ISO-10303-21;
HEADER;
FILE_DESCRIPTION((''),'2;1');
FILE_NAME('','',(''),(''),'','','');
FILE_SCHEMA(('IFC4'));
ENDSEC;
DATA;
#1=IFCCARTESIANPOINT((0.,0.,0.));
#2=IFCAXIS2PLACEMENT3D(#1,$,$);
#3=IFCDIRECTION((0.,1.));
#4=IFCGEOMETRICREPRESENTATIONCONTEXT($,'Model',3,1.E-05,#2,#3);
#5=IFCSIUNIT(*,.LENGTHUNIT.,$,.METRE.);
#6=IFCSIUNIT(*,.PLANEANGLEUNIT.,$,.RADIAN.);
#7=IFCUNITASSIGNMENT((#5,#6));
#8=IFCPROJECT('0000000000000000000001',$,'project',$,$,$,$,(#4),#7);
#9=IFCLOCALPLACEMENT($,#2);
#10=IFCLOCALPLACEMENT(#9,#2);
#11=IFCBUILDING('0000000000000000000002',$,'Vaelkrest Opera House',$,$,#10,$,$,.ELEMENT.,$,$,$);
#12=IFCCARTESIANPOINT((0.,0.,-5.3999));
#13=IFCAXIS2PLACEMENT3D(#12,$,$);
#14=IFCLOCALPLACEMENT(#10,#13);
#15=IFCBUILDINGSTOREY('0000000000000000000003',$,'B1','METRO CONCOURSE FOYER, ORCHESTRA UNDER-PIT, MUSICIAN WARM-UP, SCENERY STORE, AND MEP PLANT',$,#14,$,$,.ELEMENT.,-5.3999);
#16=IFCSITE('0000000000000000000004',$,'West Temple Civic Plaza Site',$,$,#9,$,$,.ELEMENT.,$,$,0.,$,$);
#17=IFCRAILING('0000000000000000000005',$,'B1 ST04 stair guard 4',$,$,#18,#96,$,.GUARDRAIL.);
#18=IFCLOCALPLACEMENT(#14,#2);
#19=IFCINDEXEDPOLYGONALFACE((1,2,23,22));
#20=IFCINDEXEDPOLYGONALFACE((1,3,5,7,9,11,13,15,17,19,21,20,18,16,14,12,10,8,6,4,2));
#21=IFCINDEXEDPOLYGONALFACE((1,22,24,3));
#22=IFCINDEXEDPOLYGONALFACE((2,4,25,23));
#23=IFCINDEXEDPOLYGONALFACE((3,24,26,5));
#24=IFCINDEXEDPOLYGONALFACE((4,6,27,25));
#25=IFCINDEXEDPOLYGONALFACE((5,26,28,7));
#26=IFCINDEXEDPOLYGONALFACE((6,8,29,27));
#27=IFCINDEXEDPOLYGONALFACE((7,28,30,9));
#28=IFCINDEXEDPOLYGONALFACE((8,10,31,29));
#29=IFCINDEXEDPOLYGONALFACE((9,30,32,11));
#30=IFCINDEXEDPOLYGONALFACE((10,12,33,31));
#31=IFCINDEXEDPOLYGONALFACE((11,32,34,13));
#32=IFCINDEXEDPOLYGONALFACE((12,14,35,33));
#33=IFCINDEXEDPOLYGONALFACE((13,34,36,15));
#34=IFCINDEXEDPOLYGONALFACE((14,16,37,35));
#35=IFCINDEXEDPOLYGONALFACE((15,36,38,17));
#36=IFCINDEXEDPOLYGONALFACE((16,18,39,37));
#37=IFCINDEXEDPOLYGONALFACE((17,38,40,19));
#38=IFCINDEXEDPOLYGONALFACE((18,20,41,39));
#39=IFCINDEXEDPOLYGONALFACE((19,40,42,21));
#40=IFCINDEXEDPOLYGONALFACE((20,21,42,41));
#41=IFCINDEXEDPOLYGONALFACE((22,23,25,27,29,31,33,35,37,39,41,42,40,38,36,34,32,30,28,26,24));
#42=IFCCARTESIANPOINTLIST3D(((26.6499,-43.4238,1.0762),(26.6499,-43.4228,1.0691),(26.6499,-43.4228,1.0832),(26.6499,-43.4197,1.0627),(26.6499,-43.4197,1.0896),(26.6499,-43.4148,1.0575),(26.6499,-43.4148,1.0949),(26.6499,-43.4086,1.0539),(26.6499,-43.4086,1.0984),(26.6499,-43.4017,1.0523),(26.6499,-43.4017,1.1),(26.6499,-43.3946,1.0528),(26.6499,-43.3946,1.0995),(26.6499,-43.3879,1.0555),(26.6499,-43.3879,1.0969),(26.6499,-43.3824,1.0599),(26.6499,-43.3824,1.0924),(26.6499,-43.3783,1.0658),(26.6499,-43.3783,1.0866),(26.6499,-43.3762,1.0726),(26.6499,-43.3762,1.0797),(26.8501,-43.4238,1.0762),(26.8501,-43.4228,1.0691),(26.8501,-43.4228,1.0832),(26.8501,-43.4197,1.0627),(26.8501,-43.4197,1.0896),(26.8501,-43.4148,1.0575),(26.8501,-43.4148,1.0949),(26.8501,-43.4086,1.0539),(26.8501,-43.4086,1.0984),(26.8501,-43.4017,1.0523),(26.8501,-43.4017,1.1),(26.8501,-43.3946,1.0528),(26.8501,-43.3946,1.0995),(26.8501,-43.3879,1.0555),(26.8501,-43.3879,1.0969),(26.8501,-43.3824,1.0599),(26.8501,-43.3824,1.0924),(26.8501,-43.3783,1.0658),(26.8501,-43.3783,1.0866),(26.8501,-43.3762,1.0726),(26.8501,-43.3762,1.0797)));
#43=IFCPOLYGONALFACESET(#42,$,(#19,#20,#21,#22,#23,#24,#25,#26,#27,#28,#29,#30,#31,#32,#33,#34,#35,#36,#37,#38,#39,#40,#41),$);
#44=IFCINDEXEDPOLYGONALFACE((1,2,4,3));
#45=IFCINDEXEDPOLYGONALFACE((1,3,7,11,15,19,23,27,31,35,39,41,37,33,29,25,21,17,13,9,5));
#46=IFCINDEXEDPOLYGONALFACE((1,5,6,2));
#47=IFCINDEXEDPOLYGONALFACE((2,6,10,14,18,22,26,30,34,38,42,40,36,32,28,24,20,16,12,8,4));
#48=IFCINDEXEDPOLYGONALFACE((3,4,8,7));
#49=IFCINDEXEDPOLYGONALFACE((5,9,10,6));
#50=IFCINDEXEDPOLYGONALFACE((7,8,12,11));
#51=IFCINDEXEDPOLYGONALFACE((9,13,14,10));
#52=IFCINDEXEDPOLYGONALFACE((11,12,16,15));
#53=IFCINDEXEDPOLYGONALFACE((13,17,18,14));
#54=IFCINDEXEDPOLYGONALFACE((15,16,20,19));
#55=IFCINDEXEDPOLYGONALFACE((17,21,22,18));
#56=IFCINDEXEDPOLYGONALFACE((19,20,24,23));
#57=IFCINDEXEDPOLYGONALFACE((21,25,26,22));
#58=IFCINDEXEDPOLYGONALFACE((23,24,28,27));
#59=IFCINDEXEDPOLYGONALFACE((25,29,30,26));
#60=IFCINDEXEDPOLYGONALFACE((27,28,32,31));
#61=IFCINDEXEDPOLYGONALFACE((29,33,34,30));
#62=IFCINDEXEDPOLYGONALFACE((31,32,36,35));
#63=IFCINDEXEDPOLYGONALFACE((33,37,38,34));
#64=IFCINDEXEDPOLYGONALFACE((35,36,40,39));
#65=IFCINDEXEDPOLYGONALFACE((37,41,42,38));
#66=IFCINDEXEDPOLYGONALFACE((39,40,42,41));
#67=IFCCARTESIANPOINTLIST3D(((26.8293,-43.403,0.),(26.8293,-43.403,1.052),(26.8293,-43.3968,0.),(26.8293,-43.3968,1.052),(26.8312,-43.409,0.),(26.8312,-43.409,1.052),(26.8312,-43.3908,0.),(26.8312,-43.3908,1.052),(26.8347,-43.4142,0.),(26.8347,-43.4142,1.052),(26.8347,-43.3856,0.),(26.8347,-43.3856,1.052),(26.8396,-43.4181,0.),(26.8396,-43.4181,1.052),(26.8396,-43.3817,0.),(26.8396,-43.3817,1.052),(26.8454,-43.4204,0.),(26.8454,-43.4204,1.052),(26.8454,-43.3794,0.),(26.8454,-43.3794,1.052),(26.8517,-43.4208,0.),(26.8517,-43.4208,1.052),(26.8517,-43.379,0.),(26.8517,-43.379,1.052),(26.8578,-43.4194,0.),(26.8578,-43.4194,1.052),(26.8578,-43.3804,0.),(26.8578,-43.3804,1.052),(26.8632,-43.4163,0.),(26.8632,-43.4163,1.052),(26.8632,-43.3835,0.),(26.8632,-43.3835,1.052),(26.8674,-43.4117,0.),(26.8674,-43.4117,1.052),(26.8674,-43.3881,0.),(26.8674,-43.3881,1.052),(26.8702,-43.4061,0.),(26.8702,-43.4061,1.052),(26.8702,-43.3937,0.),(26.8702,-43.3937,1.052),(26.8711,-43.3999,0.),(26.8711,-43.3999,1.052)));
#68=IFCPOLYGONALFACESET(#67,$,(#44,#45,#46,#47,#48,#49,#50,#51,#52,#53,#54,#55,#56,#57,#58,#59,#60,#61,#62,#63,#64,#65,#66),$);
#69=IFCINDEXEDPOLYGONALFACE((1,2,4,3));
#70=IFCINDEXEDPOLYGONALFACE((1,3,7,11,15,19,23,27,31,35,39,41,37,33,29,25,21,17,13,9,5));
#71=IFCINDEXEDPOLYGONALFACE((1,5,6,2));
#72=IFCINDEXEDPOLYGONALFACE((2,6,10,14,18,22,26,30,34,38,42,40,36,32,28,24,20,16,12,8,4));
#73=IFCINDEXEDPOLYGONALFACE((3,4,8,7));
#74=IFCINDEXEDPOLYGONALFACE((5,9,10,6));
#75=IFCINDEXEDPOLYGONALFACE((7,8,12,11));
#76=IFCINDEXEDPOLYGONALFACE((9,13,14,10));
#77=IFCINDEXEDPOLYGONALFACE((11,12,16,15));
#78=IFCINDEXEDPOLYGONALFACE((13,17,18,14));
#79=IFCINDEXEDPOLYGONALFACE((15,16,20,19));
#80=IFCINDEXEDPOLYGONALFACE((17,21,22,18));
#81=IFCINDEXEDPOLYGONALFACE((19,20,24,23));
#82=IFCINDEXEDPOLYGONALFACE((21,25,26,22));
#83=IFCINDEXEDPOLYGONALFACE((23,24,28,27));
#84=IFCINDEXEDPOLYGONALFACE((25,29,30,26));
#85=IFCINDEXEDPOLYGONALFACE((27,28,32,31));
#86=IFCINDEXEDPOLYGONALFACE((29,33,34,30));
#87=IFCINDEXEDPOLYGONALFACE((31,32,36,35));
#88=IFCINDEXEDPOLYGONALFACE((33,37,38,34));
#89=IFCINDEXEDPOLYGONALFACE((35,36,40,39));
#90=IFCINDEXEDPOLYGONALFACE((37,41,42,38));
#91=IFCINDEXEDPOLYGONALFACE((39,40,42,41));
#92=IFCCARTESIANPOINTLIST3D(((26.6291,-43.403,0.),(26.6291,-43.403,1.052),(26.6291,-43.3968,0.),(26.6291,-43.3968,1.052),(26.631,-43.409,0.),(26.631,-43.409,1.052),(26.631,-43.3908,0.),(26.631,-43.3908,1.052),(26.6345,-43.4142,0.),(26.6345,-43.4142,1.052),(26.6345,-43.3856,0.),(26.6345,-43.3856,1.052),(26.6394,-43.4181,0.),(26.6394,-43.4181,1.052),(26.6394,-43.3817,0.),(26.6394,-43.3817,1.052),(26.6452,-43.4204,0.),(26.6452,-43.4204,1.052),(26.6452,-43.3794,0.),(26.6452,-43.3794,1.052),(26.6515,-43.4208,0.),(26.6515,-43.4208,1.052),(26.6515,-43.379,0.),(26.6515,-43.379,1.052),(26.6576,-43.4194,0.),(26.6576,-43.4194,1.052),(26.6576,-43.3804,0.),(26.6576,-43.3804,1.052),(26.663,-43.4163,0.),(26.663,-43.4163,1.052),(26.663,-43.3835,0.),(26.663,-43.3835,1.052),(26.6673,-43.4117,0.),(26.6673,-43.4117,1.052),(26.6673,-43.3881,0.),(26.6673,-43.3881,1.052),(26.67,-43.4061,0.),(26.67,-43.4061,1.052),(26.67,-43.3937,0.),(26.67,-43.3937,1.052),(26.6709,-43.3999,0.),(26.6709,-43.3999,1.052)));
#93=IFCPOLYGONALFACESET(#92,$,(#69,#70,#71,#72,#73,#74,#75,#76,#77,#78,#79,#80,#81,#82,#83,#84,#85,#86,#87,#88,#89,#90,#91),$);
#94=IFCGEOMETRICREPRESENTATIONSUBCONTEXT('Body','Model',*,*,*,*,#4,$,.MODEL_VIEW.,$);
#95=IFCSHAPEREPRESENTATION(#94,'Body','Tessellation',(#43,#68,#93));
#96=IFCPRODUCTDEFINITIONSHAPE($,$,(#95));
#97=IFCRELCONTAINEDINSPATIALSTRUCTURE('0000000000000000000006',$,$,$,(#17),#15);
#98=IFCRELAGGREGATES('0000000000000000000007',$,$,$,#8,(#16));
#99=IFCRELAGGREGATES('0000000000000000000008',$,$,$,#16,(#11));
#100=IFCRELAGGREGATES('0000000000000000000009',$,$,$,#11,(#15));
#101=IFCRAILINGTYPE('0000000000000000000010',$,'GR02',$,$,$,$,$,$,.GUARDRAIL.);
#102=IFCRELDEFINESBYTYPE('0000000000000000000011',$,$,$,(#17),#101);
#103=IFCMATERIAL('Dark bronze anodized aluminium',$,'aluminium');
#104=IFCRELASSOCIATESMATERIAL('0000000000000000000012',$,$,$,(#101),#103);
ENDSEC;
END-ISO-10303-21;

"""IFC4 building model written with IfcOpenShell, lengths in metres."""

from ifc_helpers import new_model, si_unit, direction, frame, origin, origin_2d, place, context, subcontext, project, spatial, circle, extrude, material, type_object, element, save


model = new_model("IFC4")

# Units and contexts
model_context = context("Model", 3, precision=1e-05, world=origin(), true_north=direction((0.0, 1.0)))
body_context = subcontext(model_context, "Body", "Model", "MODEL_VIEW")
ifc_project = project(units=[si_unit("LENGTHUNIT", "METRE"), si_unit("PLANEANGLEUNIT", "RADIAN")], contexts=[model_context])

# Site, building, storey
site_placement = place(None, origin())
site = spatial("IfcSite", under=ifc_project, at=site_placement, Name="West Temple Civic Plaza Site", CompositionType="ELEMENT", RefElevation=0.0)
building_placement = place(site_placement, origin())
building = spatial("IfcBuilding", under=site, at=building_placement, Name="Vaelkrest Opera House", CompositionType="ELEMENT")
storey_placement = place(building_placement, frame((0.0, 0.0, -5.3999)))
storey = spatial("IfcBuildingStorey", under=building, at=storey_placement, Name="B1", Description="METRO CONCOURSE FOYER, ORCHESTRA UNDER-PIT, MUSICIAN WARM-UP, SCENERY STORE, AND MEP PLANT", CompositionType="ELEMENT", Elevation=-5.3999)

# Shared definitions
ifc_material_1 = material(Name="Dark bronze anodized aluminium", Category="aluminium")

# Railing
railing_type_1 = type_object("IfcRailingType", Name="GR02", PredefinedType="GUARDRAIL", material=ifc_material_1)
railing_1_placement = place(storey_placement, frame((26.8501, -43.3999, 0.0)))
element("IfcRailing", 1, at=railing_1_placement, inside=storey, type_object=railing_type_1, Name="B1 ST04 stair guard 4", PredefinedType="GUARDRAIL", context=body_context, shape_type="SweptSolid", body=[
    extrude(circle(Radius=0.0239, at=origin_2d()), frame((0.0, 0.0, 1.0762), z_axis=(-1.0, 0.0, 0.0), x_axis=(0.0, -1.0, 0.0)), (0.0, 0.0, 1.0), 0.2002),
    extrude(circle(Radius=0.021, at=origin_2d()), origin(), (0.0, 0.0, 1.0), 1.052),
    extrude(circle(Radius=0.021, at=origin_2d()), frame((-0.2002, 0.0, 0.0)), (0.0, 0.0, 1.0), 1.052),
])

save(model, "model.ifc")
